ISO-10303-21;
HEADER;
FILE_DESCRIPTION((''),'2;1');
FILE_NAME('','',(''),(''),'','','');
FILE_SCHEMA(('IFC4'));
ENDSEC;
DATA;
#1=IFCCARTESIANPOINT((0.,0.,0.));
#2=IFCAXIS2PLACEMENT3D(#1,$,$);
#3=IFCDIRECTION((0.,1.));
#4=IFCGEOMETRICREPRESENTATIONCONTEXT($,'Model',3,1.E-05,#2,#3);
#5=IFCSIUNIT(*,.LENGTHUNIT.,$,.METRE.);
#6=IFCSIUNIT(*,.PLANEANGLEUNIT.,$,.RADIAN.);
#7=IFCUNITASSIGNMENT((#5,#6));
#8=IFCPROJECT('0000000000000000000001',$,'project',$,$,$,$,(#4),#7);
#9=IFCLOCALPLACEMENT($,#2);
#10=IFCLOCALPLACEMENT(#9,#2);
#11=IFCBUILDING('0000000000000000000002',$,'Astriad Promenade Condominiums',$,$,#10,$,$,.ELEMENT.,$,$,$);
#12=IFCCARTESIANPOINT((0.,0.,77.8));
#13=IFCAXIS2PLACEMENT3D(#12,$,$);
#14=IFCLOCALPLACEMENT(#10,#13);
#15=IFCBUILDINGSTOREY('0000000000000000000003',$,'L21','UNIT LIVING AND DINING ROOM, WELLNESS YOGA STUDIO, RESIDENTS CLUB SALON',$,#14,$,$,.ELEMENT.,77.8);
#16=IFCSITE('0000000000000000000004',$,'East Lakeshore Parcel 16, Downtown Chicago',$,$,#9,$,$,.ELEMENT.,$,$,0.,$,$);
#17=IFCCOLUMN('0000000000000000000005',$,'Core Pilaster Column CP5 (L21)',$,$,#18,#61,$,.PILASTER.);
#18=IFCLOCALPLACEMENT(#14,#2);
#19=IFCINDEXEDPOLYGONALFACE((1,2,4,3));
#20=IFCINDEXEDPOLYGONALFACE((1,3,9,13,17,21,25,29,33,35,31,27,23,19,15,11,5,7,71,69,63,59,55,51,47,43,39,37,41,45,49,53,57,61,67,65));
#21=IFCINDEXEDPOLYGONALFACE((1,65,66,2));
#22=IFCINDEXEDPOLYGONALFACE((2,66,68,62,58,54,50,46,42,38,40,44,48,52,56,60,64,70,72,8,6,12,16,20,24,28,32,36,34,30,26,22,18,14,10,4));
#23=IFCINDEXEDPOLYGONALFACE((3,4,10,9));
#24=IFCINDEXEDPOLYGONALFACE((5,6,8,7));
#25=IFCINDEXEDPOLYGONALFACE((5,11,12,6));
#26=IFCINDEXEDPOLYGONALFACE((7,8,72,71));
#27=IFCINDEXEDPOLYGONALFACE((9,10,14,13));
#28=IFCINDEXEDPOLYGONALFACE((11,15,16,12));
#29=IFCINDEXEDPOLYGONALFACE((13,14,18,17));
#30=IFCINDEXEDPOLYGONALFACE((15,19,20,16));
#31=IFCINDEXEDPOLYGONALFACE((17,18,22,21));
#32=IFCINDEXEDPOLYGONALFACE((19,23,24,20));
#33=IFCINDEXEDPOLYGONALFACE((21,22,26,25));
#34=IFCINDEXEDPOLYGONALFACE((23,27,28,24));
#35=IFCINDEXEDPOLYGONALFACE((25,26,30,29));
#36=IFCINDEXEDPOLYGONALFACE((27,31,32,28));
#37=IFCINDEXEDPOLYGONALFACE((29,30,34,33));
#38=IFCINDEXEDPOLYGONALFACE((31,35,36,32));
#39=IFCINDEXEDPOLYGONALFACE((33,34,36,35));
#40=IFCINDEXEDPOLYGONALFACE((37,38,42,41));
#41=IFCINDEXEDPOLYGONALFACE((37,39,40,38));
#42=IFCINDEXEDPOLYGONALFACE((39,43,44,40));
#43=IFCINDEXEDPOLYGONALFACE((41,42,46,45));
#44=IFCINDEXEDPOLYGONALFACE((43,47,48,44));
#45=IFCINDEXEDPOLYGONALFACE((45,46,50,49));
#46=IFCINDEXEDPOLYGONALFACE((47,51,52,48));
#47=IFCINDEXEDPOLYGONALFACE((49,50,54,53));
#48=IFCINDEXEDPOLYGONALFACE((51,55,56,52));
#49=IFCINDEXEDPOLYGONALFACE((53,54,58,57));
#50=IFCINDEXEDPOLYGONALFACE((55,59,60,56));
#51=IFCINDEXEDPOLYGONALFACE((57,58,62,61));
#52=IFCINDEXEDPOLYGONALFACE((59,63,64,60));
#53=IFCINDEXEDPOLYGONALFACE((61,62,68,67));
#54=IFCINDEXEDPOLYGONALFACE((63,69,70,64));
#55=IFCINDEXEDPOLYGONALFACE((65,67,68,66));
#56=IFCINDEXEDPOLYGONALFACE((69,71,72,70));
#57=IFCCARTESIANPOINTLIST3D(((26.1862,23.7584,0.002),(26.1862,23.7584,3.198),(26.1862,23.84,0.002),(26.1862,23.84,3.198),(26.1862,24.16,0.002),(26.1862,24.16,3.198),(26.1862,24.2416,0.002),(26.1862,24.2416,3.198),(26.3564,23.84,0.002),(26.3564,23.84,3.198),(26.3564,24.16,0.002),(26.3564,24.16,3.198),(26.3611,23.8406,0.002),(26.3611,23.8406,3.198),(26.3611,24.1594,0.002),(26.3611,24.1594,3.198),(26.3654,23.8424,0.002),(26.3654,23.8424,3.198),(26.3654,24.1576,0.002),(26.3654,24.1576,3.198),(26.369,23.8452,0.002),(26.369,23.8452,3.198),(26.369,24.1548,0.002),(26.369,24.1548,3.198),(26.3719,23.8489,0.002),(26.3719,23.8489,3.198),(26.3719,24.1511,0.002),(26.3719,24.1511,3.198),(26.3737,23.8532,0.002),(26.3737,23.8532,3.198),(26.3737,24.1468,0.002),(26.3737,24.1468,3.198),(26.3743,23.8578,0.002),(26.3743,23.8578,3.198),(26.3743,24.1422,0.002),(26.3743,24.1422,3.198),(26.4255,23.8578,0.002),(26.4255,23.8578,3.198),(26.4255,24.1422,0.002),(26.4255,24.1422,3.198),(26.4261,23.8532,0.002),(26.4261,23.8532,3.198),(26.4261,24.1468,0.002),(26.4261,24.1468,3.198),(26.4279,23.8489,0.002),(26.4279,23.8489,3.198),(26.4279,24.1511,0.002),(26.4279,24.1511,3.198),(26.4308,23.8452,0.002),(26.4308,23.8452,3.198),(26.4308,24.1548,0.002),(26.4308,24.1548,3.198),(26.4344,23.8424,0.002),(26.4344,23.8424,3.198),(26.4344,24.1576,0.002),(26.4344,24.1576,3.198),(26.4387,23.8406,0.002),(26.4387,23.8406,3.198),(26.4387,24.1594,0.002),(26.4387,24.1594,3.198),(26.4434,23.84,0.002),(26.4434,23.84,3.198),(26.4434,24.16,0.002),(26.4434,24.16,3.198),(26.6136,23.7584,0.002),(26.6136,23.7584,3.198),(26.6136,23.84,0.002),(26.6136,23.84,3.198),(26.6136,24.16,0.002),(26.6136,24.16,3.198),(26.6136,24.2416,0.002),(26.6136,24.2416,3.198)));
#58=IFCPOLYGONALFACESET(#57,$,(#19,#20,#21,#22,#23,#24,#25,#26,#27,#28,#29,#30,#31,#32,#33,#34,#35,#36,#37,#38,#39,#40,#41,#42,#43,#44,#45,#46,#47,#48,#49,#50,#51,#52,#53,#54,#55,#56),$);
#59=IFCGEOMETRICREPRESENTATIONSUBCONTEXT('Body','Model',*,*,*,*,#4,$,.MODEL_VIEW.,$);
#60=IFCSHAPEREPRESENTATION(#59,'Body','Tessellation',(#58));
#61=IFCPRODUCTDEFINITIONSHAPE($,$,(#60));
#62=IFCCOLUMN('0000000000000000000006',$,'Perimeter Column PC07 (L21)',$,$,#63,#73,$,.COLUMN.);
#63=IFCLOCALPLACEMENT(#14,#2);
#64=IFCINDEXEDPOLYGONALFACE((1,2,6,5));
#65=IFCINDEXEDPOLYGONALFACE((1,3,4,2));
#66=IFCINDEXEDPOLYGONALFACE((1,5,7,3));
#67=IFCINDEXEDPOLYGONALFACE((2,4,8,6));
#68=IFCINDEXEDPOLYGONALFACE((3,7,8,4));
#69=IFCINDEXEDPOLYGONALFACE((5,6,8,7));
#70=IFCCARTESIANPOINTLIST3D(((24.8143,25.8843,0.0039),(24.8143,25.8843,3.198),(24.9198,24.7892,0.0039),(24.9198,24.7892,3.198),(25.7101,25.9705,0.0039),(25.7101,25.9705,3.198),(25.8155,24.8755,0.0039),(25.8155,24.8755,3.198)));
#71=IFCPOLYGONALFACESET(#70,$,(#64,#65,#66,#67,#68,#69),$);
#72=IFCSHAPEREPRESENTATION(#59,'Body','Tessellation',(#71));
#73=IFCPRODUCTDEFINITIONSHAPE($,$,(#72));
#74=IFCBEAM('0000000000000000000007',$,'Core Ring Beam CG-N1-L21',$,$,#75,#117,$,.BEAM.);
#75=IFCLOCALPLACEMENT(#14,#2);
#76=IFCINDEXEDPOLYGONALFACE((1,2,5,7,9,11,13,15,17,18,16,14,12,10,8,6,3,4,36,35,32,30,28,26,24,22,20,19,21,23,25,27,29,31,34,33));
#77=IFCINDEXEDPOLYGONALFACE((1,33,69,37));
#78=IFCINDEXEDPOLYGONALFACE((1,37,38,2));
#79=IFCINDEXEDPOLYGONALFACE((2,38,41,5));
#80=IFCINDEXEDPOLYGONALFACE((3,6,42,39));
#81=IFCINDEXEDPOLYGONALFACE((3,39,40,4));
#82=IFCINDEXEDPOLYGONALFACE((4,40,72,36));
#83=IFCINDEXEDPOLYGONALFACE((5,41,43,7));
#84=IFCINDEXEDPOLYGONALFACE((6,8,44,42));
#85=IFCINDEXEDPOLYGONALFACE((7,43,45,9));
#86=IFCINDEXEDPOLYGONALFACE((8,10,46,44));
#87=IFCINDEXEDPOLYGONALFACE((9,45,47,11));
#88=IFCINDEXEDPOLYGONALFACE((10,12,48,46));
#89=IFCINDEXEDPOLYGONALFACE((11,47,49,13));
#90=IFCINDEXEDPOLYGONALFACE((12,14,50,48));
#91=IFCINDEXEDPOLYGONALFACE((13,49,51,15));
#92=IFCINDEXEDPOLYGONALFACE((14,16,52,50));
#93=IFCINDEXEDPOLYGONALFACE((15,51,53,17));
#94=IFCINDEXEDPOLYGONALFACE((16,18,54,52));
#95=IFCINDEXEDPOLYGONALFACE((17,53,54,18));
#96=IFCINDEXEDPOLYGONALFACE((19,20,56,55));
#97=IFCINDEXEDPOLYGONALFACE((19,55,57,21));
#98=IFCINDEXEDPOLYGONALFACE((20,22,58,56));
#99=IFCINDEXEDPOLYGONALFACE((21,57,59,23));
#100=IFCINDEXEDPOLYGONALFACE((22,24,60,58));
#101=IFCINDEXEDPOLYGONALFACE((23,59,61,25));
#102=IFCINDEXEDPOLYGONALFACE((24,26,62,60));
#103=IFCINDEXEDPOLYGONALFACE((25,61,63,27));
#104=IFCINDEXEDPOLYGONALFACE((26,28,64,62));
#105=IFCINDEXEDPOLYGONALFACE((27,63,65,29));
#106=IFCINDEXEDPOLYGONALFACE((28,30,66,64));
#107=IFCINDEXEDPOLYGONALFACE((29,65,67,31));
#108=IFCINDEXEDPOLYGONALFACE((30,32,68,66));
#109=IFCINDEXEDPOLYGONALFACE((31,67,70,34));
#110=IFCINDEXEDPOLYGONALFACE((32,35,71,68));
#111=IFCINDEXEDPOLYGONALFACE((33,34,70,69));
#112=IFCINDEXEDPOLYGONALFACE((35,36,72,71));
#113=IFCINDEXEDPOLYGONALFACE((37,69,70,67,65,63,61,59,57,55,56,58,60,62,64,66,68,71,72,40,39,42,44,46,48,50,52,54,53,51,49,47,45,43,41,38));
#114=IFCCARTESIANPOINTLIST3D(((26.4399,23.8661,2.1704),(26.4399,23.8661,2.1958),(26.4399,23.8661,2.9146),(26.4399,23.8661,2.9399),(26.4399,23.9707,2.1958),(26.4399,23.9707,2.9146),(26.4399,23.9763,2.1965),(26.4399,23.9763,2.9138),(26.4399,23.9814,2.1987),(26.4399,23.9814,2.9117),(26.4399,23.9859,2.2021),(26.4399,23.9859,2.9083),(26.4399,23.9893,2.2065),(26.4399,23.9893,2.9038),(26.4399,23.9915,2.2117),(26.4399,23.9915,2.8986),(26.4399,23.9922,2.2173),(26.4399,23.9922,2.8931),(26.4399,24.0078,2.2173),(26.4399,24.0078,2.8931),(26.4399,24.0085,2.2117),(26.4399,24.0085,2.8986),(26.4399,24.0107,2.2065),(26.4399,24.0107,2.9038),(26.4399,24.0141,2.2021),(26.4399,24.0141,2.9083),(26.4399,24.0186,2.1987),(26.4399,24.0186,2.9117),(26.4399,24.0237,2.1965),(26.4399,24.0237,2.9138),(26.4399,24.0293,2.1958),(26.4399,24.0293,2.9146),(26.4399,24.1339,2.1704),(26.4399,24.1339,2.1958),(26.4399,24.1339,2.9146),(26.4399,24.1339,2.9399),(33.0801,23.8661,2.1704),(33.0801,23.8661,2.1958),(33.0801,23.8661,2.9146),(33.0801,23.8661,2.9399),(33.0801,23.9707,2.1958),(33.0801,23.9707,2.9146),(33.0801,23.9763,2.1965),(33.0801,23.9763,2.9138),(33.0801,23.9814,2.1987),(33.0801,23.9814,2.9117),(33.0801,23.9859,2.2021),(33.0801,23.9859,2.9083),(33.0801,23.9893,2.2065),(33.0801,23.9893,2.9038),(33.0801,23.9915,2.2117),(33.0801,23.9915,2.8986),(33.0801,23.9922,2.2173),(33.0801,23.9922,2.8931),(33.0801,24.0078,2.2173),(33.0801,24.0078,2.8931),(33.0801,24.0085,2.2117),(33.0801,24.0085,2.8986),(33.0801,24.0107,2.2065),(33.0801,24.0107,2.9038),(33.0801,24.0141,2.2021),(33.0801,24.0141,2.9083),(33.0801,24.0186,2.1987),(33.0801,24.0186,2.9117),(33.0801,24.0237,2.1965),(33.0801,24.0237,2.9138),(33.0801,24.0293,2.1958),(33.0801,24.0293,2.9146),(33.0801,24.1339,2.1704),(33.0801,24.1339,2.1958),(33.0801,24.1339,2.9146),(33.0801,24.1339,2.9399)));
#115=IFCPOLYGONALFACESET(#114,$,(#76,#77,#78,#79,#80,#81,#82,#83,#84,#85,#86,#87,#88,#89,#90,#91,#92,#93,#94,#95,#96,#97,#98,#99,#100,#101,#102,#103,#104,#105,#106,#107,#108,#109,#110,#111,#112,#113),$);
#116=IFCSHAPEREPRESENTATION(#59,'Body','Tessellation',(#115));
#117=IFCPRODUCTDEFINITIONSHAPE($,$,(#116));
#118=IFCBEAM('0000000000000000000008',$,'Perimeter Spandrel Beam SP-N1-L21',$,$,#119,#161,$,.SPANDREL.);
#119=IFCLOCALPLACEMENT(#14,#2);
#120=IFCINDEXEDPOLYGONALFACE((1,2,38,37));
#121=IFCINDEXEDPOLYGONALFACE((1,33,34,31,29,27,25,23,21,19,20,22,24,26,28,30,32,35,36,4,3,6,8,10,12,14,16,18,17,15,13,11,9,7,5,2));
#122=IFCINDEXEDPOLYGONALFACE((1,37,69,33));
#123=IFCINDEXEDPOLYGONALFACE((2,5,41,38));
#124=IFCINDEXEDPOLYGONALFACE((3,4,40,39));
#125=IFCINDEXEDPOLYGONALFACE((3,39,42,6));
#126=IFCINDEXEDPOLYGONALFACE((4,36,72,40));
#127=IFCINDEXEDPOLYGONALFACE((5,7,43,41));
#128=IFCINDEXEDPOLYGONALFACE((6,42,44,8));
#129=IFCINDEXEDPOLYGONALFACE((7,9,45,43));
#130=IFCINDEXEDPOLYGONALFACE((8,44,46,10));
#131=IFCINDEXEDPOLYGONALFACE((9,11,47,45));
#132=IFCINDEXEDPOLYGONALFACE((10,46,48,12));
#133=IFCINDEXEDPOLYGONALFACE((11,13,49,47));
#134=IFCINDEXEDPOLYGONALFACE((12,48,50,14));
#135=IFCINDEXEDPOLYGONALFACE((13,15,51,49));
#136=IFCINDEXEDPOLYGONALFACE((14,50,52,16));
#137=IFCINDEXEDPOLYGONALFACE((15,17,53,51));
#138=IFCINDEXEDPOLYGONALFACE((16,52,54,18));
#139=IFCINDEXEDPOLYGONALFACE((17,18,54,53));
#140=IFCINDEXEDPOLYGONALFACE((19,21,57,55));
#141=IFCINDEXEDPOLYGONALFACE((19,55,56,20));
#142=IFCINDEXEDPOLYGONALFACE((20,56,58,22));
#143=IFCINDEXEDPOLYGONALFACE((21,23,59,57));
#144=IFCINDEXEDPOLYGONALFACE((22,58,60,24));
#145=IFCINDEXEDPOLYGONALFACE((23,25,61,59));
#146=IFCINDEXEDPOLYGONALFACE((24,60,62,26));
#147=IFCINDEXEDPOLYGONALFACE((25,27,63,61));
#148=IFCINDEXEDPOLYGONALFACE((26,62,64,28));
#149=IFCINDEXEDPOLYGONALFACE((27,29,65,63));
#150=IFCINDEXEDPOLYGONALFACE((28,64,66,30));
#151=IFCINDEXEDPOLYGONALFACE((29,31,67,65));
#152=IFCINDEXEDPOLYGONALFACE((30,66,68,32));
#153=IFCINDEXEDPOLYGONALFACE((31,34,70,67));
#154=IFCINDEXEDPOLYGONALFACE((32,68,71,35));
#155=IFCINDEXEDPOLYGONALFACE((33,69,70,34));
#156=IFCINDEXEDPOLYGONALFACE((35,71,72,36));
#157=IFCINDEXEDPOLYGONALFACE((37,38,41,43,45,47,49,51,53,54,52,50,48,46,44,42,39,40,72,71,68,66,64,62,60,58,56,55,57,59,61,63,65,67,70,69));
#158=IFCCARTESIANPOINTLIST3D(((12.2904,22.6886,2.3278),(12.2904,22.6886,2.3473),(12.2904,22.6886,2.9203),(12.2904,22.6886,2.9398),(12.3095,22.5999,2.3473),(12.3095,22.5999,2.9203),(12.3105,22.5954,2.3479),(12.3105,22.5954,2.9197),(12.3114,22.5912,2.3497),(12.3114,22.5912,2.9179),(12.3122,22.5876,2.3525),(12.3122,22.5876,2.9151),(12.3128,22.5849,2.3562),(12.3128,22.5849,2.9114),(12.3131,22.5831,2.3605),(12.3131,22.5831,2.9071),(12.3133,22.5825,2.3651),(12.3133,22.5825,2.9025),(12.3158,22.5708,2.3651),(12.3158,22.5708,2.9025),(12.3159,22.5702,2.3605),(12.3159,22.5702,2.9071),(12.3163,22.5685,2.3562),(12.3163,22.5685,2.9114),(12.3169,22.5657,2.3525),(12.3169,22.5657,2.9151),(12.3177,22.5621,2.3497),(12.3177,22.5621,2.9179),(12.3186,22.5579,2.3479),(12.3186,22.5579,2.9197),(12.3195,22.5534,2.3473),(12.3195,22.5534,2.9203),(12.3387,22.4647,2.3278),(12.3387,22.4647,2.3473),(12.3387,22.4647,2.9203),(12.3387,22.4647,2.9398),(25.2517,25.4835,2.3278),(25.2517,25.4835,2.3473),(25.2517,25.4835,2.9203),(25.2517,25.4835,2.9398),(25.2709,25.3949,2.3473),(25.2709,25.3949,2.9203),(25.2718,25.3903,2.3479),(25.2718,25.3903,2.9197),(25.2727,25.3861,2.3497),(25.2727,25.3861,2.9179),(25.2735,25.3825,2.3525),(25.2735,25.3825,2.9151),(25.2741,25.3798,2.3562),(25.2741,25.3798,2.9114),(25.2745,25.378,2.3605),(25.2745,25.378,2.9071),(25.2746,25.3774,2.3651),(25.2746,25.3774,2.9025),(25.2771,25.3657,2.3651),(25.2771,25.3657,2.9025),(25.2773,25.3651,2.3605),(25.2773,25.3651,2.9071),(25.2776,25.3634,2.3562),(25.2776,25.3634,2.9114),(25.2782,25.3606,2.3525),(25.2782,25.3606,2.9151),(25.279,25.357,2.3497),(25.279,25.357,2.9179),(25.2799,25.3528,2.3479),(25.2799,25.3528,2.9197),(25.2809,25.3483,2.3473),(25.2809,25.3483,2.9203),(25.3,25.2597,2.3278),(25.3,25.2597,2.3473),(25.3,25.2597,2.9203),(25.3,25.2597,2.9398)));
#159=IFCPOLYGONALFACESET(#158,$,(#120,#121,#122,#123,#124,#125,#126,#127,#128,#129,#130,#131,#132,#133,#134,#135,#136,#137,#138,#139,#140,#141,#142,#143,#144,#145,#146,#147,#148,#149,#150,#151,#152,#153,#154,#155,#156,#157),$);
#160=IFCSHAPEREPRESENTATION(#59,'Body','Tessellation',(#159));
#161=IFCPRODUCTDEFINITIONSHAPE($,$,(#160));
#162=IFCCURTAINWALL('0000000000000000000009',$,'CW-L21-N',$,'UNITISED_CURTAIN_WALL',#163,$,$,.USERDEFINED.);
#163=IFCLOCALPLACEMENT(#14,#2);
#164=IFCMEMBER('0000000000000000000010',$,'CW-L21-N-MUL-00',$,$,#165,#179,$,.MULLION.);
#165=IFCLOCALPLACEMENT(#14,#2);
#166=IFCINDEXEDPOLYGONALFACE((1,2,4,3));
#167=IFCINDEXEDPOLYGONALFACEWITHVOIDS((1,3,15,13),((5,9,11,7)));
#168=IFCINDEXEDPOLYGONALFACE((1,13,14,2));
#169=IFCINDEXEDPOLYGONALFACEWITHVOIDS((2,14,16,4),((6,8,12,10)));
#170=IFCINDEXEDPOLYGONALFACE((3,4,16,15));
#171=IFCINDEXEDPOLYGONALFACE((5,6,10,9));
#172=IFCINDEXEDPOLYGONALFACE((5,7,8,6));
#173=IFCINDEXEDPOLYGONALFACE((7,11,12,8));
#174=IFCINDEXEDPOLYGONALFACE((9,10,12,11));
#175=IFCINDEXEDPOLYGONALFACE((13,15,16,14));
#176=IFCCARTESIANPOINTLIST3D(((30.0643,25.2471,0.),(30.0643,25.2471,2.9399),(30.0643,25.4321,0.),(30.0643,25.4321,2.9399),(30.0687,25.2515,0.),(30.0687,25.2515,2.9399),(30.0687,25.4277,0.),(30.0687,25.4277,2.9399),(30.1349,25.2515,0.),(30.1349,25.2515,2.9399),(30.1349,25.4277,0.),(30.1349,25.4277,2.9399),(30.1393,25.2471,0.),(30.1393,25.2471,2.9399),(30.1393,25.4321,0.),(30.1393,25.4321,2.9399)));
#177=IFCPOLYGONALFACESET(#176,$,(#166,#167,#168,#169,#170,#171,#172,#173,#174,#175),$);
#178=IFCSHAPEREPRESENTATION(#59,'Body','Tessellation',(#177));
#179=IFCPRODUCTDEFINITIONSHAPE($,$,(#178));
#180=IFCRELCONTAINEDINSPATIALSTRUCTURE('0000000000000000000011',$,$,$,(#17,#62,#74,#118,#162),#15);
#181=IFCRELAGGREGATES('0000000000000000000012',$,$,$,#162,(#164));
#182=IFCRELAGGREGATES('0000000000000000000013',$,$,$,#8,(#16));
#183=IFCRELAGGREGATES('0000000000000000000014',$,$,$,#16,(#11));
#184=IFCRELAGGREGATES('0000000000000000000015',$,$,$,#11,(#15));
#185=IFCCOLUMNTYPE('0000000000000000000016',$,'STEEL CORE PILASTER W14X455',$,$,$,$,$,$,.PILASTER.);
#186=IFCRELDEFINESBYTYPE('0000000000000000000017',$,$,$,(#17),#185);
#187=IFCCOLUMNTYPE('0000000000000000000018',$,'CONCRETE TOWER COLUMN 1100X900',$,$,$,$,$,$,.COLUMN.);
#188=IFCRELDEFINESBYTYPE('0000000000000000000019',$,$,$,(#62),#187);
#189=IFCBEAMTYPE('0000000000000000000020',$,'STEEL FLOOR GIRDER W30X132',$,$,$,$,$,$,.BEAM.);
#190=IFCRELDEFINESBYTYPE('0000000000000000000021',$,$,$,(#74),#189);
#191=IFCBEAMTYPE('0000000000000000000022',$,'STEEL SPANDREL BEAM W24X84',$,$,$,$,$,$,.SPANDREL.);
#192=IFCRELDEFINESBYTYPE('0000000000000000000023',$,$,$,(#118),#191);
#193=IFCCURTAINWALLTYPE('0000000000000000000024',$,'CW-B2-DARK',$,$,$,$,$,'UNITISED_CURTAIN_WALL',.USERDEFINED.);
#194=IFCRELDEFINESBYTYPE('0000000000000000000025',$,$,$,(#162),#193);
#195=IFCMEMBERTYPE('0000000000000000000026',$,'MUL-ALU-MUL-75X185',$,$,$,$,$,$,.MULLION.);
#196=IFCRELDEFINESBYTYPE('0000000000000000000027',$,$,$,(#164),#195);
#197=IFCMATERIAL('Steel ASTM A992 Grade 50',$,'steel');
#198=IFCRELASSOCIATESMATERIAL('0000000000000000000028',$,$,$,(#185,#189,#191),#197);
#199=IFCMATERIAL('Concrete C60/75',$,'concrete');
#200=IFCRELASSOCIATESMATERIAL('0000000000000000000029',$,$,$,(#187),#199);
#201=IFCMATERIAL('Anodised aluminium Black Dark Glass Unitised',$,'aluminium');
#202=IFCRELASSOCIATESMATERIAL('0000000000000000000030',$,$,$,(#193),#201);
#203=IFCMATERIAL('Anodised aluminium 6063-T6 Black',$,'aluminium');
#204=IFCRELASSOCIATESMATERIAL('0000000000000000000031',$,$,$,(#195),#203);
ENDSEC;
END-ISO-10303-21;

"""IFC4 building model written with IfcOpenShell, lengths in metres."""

from ifc_helpers import new_model, si_unit, direction, frame, origin, origin_2d, place, context, subcontext, project, spatial, rectangle, hollow_rectangle, i_section, extrude, source, transform, mapped, material, material_profile, profile_set, type_object, type_shapes, element, aggregate, save


model = new_model("IFC4")

# Units and contexts
model_context = context("Model", 3, precision=1e-05, world=origin(), true_north=direction((0.0, 1.0)))
body_context = subcontext(model_context, "Body", "Model", "MODEL_VIEW")
ifc_project = project(units=[si_unit("LENGTHUNIT", "METRE"), si_unit("PLANEANGLEUNIT", "RADIAN")], contexts=[model_context])

# Site, building, storey
site_placement = place(None, origin())
site = spatial("IfcSite", under=ifc_project, at=site_placement, Name="East Lakeshore Parcel 16, Downtown Chicago", CompositionType="ELEMENT", RefElevation=0.0)
building_placement = place(site_placement, origin())
building = spatial("IfcBuilding", under=site, at=building_placement, Name="Astriad Promenade Condominiums", CompositionType="ELEMENT")
storey_placement = place(building_placement, frame((0.0, 0.0, 77.8)))
storey = spatial("IfcBuildingStorey", under=building, at=storey_placement, Name="L21", Description="UNIT LIVING AND DINING ROOM, WELLNESS YOGA STUDIO, RESIDENTS CLUB SALON", CompositionType="ELEMENT", Elevation=77.8)

# Columns
ifc_material_1 = material(Name="Steel ASTM A992 Grade 50", Category="steel")
ifc_material_profile_1 = material_profile(ifc_material_1, i_section(OverallWidth=0.4275, OverallDepth=0.4832, WebThickness=0.0513, FlangeThickness=0.0815, FilletRadius=0.0178, at=origin_2d()), Name="W14X455")
ifc_profile_set_1 = profile_set([ifc_material_profile_1], Name="Steel ASTM A992 Grade 50")
column_type_1 = type_object("IfcColumnType", Name="STEEL CORE PILASTER W14X455", PredefinedType="PILASTER", material=ifc_profile_set_1)
shared_shape_1 = source(origin(), body_context, "Body", "SweptSolid", [
    extrude(i_section(OverallWidth=0.4275, OverallDepth=0.4832, WebThickness=0.0513, FlangeThickness=0.0815, FilletRadius=0.0178, at=origin_2d()), origin(), (0.0, 0.0, 1.0), 3.196),
])
type_shapes(column_type_1, [shared_shape_1])
column_1_placement = place(storey_placement, frame((26.3999, 24.0, 0.002), z_axis=(0.0, 0.0, 1.0), x_axis=(1.0, 0.0, 0.0)))
element("IfcColumn", 1, at=column_1_placement, inside=storey, type_object=column_type_1, Name="Core Pilaster Column CP5 (L21)", PredefinedType="PILASTER", context=body_context, shape_type="MappedRepresentation", body=[
    mapped(shared_shape_1, transform((0.0, 0.0, 0.0), scale=1.0)),
])
ifc_material_2 = material(Name="Concrete C60/75", Category="concrete")
ifc_material_profile_2 = material_profile(ifc_material_2, rectangle(XDim=0.8999, YDim=1.1001, at=origin_2d()), Name="RC-COL-1100X900")
ifc_profile_set_2 = profile_set([ifc_material_profile_2], Name="Concrete C60/75")
column_type_2 = type_object("IfcColumnType", Name="CONCRETE TOWER COLUMN 1100X900", PredefinedType="COLUMN", material=ifc_profile_set_2)
shared_shape_2 = source(origin(), body_context, "Body", "SweptSolid", [
    extrude(rectangle(XDim=0.8999, YDim=1.1001, at=origin_2d()), origin(), (0.0, 0.0, 1.0), 3.1941),
])
type_shapes(column_type_2, [shared_shape_2])
column_2_placement = place(storey_placement, frame((25.3149, 25.3799, 0.0039), z_axis=(0.0, 0.0, 1.0), x_axis=(0.995396, 0.095846, 0.0)))
element("IfcColumn", 2, at=column_2_placement, inside=storey, type_object=column_type_2, Name="Perimeter Column PC07 (L21)", PredefinedType="COLUMN", context=body_context, shape_type="MappedRepresentation", body=[
    mapped(shared_shape_2, transform((0.0, 0.0, 0.0), scale=1.0)),
])

# Beams
ifc_material_profile_3 = material_profile(ifc_material_1, i_section(OverallWidth=0.2678, OverallDepth=0.7695, WebThickness=0.0156, FlangeThickness=0.0254, FilletRadius=0.0215, at=origin_2d()), Name="W30X132")
ifc_profile_set_3 = profile_set([ifc_material_profile_3], Name="Steel ASTM A992 Grade 50")
beam_type_1 = type_object("IfcBeamType", Name="STEEL FLOOR GIRDER W30X132", PredefinedType="BEAM", material=ifc_profile_set_3)
shared_shape_3 = source(origin(), body_context, "Body", "SweptSolid", [
    extrude(i_section(OverallWidth=0.2678, OverallDepth=0.7695, WebThickness=0.0156, FlangeThickness=0.0254, FilletRadius=0.0215, at=origin_2d()), origin(), (0.0, 0.0, 1.0), 6.6401),
])
type_shapes(beam_type_1, [shared_shape_3])
beam_1_placement = place(storey_placement, frame((26.4399, 24.0, 2.5552), z_axis=(1.0, 0.0, 0.0), x_axis=(0.0, 1.0, 0.0)))
element("IfcBeam", 3, at=beam_1_placement, inside=storey, type_object=beam_type_1, Name="Core Ring Beam CG-N1-L21", PredefinedType="BEAM", context=body_context, shape_type="MappedRepresentation", body=[
    mapped(shared_shape_3, transform((0.0, 0.0, 0.0), scale=1.0)),
])
ifc_material_profile_4 = material_profile(ifc_material_1, i_section(OverallWidth=0.229, OverallDepth=0.6121, WebThickness=0.012, FlangeThickness=0.0195, FilletRadius=0.0178, at=origin_2d()), Name="W24X84")
ifc_profile_set_4 = profile_set([ifc_material_profile_4], Name="Steel ASTM A992 Grade 50")
beam_type_2 = type_object("IfcBeamType", Name="STEEL SPANDREL BEAM W24X84", PredefinedType="SPANDREL", material=ifc_profile_set_4)
shared_shape_4 = source(origin(), body_context, "Body", "SweptSolid", [
    extrude(i_section(OverallWidth=0.229, OverallDepth=0.6121, WebThickness=0.012, FlangeThickness=0.0195, FilletRadius=0.0178, at=origin_2d()), origin(), (0.0, 0.0, 1.0), 13.2593),
])
type_shapes(beam_type_2, [shared_shape_4])
beam_2_placement = place(storey_placement, frame((25.2759, 25.3716, 2.6338), z_axis=(-0.977532, -0.210789, 0.0), x_axis=(0.210789, -0.977532, 0.0)))
element("IfcBeam", 4, at=beam_2_placement, inside=storey, type_object=beam_type_2, Name="Perimeter Spandrel Beam SP-N1-L21", PredefinedType="SPANDREL", context=body_context, shape_type="MappedRepresentation", body=[
    mapped(shared_shape_4, transform((0.0, 0.0, 0.0), scale=1.0)),
])

# Curtain wall, member
ifc_material_3 = material(Name="Anodised aluminium Black Dark Glass Unitised", Category="aluminium")
curtain_wall_type = type_object("IfcCurtainWallType", Name="CW-B2-DARK", ElementType="UNITISED_CURTAIN_WALL", PredefinedType="USERDEFINED", material=ifc_material_3)
curtain_wall_placement = place(storey_placement, origin())
curtain_wall = element("IfcCurtainWall", 5, at=curtain_wall_placement, inside=storey, type_object=curtain_wall_type, Name="CW-L21-N", ObjectType="UNITISED_CURTAIN_WALL", PredefinedType="USERDEFINED")
ifc_material_4 = material(Name="Anodised aluminium 6063-T6 Black", Category="aluminium")
ifc_material_profile_5 = material_profile(ifc_material_4, hollow_rectangle(XDim=0.075, YDim=0.1851, WallThickness=0.0044, at=origin_2d()), Name="ALU-MUL-75X185")
ifc_profile_set_5 = profile_set([ifc_material_profile_5], Name="Anodised aluminium 6063-T6 Black")
member_type_1 = type_object("IfcMemberType", Name="MUL-ALU-MUL-75X185", PredefinedType="MULLION", material=ifc_profile_set_5)
shared_shape_5 = source(origin(), body_context, "Body", "SweptSolid", [
    extrude(hollow_rectangle(XDim=0.075, YDim=0.1851, WallThickness=0.0044, at=origin_2d()), origin(), (0.0, 0.0, 1.0), 2.9399),
])
type_shapes(member_type_1, [shared_shape_5])
member_1_placement = place(storey_placement, frame((30.1018, 25.3396, 0.0), z_axis=(0.0, 0.0, 1.0), x_axis=(1.0, 0.0, 0.0)))
member_1 = element("IfcMember", 6, at=member_1_placement, type_object=member_type_1, Name="CW-L21-N-MUL-00", PredefinedType="MULLION", context=body_context, shape_type="MappedRepresentation", body=[
    mapped(shared_shape_5, transform((0.0, 0.0, 0.0), scale=1.0)),
])
aggregate(curtain_wall, [member_1])

save(model, "model.ifc")
